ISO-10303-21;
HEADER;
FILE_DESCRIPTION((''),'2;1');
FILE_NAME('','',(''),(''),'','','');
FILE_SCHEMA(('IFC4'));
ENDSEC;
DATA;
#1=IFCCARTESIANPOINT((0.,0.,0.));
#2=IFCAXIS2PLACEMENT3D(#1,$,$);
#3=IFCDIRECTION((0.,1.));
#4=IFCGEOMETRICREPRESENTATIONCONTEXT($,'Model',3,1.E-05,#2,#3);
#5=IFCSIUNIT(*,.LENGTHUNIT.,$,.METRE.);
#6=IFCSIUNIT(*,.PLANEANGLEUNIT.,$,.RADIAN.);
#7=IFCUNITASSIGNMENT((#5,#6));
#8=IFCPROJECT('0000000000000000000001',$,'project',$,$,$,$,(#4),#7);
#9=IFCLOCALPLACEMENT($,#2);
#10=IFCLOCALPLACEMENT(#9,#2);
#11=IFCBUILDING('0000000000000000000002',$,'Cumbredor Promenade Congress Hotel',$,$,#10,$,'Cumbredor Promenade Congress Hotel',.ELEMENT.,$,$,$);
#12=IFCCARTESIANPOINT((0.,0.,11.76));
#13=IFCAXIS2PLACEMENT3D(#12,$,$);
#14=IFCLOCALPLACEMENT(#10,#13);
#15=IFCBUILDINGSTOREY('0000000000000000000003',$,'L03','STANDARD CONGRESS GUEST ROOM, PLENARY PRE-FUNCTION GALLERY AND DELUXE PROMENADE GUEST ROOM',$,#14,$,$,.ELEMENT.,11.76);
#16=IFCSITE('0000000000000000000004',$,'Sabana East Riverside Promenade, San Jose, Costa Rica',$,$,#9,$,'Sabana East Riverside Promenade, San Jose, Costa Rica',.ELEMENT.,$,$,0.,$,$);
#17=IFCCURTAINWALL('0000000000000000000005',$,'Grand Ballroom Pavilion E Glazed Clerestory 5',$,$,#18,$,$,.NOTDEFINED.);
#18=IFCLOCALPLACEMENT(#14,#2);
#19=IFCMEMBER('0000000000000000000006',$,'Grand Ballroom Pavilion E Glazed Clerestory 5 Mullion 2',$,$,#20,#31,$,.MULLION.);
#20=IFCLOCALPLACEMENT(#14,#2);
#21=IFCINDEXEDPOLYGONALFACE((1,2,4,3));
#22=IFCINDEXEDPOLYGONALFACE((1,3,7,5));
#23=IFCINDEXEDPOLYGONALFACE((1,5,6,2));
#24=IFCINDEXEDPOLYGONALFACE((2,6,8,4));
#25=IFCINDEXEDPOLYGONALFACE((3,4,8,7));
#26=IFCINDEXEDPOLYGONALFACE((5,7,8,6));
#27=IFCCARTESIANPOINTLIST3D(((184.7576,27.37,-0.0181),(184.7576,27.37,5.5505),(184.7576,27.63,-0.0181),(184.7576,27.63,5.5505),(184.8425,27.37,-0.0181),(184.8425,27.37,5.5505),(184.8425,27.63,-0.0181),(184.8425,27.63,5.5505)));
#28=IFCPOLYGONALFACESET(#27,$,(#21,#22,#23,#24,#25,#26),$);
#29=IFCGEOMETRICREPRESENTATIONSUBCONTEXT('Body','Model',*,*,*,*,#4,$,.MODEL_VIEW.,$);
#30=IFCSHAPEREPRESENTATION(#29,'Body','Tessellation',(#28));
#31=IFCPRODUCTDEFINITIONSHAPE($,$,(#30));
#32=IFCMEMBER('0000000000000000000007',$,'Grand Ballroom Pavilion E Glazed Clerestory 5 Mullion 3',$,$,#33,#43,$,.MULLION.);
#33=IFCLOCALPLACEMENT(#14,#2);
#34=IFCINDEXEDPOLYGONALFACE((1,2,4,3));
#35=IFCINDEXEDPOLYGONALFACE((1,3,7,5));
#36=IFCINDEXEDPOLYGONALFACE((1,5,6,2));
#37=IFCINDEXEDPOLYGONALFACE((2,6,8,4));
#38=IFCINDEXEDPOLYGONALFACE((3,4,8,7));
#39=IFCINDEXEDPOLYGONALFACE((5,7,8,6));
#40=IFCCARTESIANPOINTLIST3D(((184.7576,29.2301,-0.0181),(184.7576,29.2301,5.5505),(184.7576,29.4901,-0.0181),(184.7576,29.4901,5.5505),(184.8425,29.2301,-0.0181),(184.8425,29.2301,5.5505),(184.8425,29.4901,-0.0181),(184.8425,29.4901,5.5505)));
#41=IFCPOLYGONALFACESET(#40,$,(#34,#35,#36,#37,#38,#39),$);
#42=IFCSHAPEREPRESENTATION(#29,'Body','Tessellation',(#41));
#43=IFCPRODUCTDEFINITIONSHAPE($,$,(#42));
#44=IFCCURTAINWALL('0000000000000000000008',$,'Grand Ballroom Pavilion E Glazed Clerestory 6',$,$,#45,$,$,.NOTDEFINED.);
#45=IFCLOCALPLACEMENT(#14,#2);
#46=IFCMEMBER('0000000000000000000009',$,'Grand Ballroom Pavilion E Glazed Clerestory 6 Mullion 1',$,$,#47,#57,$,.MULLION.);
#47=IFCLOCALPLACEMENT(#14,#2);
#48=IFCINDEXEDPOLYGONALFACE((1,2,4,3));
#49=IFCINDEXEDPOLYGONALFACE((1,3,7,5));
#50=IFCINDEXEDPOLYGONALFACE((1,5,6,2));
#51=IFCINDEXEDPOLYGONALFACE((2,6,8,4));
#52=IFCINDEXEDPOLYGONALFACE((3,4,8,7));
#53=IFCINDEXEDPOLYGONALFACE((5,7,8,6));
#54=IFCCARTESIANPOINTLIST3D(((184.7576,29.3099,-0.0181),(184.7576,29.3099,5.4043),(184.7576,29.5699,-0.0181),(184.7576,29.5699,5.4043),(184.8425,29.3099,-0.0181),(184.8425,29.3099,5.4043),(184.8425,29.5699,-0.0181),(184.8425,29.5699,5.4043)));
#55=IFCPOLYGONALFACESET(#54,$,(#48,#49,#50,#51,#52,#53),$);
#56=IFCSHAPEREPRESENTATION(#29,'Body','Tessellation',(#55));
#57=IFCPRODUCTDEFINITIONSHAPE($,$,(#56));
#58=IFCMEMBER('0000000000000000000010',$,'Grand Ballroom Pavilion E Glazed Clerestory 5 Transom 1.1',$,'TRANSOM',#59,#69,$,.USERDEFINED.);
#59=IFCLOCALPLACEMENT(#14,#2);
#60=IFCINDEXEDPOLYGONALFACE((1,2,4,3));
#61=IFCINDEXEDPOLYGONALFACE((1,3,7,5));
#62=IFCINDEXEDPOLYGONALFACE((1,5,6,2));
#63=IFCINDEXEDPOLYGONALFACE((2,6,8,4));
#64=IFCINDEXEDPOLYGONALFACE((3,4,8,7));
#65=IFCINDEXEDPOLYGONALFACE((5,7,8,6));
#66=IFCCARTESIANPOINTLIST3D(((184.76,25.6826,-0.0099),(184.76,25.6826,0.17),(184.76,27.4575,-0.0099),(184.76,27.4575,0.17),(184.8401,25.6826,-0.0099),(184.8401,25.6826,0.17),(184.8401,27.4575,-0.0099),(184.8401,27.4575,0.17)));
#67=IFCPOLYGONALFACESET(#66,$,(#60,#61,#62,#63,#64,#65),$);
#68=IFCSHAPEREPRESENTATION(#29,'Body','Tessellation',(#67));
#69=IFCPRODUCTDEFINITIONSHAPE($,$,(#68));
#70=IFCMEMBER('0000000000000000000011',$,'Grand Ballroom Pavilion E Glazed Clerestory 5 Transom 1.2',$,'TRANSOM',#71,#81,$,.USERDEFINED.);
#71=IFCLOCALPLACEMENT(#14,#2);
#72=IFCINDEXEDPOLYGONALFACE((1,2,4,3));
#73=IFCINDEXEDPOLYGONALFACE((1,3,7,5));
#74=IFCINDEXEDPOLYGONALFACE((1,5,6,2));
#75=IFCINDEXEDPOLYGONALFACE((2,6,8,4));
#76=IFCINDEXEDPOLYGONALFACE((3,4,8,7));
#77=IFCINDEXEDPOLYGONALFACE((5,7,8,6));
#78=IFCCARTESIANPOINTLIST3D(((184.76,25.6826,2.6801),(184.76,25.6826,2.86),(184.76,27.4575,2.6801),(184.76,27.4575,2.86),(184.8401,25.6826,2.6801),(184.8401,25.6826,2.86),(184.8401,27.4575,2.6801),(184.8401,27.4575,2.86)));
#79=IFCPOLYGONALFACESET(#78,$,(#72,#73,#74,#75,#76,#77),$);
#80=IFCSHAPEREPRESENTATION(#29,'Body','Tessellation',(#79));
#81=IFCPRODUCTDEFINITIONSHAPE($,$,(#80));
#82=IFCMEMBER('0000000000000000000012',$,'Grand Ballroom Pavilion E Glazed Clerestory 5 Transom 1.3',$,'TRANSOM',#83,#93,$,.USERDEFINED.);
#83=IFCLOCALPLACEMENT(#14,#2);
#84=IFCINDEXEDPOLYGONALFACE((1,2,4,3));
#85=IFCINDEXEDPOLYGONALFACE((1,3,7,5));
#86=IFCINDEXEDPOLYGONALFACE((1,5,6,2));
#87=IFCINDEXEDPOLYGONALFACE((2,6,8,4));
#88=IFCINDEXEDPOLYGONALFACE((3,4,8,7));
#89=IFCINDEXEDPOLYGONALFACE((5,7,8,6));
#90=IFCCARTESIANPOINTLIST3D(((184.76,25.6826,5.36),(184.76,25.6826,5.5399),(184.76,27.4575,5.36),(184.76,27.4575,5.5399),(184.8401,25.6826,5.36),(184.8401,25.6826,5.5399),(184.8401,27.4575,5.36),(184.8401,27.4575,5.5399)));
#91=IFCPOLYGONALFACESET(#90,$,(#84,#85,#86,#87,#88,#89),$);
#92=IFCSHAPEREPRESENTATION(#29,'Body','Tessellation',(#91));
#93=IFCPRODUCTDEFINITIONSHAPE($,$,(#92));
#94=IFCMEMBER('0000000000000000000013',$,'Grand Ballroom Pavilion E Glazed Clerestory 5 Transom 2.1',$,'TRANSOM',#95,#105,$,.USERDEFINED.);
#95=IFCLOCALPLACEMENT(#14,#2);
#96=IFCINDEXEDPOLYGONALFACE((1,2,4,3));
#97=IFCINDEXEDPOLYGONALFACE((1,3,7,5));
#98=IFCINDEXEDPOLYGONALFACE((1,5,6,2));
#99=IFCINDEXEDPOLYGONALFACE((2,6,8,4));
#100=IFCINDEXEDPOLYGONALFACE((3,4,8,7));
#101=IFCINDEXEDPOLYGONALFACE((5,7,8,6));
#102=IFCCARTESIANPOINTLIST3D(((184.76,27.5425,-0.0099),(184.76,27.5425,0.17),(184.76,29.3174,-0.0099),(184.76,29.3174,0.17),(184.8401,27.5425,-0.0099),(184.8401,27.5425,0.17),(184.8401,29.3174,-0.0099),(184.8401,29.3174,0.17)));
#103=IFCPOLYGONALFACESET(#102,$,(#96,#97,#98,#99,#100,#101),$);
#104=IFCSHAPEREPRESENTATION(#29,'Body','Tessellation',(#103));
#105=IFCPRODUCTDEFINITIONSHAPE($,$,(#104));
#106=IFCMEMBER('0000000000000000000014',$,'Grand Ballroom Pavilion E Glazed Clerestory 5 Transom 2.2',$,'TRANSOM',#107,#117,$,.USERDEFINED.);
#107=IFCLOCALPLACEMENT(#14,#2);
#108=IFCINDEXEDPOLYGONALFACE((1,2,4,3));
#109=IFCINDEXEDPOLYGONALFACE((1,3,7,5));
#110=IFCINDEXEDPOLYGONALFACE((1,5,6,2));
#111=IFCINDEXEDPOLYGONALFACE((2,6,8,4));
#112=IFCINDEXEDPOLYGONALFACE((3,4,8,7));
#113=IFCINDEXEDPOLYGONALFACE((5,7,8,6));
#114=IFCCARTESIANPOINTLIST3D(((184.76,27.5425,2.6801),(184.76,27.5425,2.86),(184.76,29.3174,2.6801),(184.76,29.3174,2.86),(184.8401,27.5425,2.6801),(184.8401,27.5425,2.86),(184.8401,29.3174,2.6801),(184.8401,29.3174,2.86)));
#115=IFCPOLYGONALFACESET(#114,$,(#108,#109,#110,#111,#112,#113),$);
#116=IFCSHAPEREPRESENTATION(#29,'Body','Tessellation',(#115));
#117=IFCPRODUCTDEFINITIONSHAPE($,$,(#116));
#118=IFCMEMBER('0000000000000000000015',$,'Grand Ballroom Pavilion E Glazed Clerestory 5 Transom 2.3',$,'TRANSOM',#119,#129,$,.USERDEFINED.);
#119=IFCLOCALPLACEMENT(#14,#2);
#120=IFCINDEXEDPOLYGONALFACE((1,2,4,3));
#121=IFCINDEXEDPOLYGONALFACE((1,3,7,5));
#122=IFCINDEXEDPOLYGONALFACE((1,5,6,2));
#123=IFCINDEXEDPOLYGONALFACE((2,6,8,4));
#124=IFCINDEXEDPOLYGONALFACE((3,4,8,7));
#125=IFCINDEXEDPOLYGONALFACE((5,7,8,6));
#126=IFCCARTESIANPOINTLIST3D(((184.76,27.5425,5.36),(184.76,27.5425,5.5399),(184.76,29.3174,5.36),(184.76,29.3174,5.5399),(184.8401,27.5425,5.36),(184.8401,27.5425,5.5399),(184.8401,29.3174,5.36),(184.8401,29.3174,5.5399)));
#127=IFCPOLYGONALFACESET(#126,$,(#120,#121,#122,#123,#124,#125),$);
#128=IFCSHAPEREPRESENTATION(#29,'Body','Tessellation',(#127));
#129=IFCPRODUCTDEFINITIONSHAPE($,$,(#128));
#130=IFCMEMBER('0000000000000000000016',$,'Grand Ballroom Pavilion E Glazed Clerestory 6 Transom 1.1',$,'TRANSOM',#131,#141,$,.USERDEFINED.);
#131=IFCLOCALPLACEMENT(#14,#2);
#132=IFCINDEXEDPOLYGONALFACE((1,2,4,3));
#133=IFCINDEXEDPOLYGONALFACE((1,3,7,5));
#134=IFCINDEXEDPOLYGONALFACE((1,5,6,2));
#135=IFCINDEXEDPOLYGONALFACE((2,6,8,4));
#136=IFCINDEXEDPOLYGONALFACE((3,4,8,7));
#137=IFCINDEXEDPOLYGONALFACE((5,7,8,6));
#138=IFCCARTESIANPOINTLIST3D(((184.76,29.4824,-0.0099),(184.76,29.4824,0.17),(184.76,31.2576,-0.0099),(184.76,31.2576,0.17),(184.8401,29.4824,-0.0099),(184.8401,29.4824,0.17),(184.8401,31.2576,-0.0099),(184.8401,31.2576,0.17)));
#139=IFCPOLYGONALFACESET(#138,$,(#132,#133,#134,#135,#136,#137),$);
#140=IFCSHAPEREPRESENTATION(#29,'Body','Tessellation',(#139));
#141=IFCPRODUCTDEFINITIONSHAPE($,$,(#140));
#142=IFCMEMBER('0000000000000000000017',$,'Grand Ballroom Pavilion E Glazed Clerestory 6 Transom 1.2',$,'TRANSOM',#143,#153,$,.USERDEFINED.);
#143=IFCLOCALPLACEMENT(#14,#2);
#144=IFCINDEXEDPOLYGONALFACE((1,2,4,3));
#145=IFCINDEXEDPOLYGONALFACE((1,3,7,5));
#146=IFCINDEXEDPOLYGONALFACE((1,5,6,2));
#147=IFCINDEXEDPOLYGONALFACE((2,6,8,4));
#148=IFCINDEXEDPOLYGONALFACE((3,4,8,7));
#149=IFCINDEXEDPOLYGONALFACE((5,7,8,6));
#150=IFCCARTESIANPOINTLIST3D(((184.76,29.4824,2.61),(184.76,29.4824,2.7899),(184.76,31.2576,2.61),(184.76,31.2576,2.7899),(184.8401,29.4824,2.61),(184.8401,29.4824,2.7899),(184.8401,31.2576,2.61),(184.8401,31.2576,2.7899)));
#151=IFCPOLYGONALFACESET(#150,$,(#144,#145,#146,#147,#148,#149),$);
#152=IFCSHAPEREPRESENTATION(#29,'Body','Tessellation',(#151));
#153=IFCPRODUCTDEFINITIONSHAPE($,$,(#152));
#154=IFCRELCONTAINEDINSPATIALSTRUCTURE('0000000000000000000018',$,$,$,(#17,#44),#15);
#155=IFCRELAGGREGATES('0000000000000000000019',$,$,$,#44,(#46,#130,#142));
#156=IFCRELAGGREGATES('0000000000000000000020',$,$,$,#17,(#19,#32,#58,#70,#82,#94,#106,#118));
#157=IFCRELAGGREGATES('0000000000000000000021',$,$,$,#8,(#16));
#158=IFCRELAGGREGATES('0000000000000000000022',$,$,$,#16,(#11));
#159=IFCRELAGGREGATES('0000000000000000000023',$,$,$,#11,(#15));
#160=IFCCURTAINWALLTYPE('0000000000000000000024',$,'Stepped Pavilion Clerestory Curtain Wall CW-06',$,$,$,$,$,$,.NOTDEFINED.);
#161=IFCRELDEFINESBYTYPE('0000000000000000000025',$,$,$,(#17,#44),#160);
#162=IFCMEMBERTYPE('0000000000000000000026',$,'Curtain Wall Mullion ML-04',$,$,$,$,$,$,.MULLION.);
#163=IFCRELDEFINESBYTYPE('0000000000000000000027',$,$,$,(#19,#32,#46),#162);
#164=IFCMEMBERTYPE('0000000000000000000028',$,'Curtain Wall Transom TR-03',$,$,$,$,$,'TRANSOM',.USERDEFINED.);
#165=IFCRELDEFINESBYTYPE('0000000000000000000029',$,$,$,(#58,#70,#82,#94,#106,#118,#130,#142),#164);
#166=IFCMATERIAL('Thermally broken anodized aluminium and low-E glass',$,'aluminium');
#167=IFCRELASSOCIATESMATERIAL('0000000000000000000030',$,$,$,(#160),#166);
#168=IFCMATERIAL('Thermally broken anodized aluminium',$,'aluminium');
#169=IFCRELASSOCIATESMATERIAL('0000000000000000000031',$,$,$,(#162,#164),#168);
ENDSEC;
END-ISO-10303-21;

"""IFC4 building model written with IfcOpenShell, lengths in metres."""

from ifc_helpers import new_model, si_unit, direction, frame, origin, origin_2d, place, context, subcontext, project, spatial, rectangle, extrude, material, material_profile, profile_set, type_object, element, aggregate, save


model = new_model("IFC4")

# Units and contexts
model_context = context("Model", 3, precision=1e-05, world=origin(), true_north=direction((0.0, 1.0)))
body_context = subcontext(model_context, "Body", "Model", "MODEL_VIEW")
ifc_project = project(units=[si_unit("LENGTHUNIT", "METRE"), si_unit("PLANEANGLEUNIT", "RADIAN")], contexts=[model_context])

# Site, building, storey
site_placement = place(None, origin())
site = spatial("IfcSite", under=ifc_project, at=site_placement, Name="Sabana East Riverside Promenade, San Jose, Costa Rica", LongName="Sabana East Riverside Promenade, San Jose, Costa Rica", CompositionType="ELEMENT", RefElevation=0.0)
building_placement = place(site_placement, origin())
building = spatial("IfcBuilding", under=site, at=building_placement, Name="Cumbredor Promenade Congress Hotel", LongName="Cumbredor Promenade Congress Hotel", CompositionType="ELEMENT")
storey_placement = place(building_placement, frame((0.0, 0.0, 11.76)))
storey = spatial("IfcBuildingStorey", under=building, at=storey_placement, Name="L03", Description="STANDARD CONGRESS GUEST ROOM, PLENARY PRE-FUNCTION GALLERY AND DELUXE PROMENADE GUEST ROOM", CompositionType="ELEMENT", Elevation=11.76)

# Curtain wall, members
ifc_material_1 = material(Name="Thermally broken anodized aluminium and low-E glass", Category="aluminium")
curtain_wall_type = type_object("IfcCurtainWallType", Name="Stepped Pavilion Clerestory Curtain Wall CW-06", PredefinedType="NOTDEFINED", material=ifc_material_1)
curtain_wall_1_placement = place(storey_placement, origin())
curtain_wall_1 = element("IfcCurtainWall", 1, at=curtain_wall_1_placement, inside=storey, type_object=curtain_wall_type, Name="Grand Ballroom Pavilion E Glazed Clerestory 5", PredefinedType="NOTDEFINED")
ifc_material_2 = material(Name="Thermally broken anodized aluminium", Category="aluminium")
ifc_material_profile_1 = material_profile(ifc_material_2, rectangle(XDim=0.085, YDim=0.26, at=origin_2d()), Name="ALU MULLION CLERESTORY 85x260")
ifc_profile_set_1 = profile_set([ifc_material_profile_1], Name="Thermally broken anodized aluminium")
member_type_1 = type_object("IfcMemberType", Name="Curtain Wall Mullion ML-04", PredefinedType="MULLION", material=ifc_profile_set_1)
member_1_placement = place(storey_placement, frame((184.8, 27.5, -0.0181), z_axis=(0.0, 0.0, 1.0), x_axis=(1.0, 0.0, 0.0)))
member_1 = element("IfcMember", 2, at=member_1_placement, type_object=member_type_1, Name="Grand Ballroom Pavilion E Glazed Clerestory 5 Mullion 2", PredefinedType="MULLION", context=body_context, shape_type="SweptSolid", body=[
    extrude(rectangle(XDim=0.085, YDim=0.26, at=origin_2d()), origin(), (0.0, 0.0, 1.0), 5.5686),
])
member_2_placement = place(storey_placement, frame((184.8, 29.3601, -0.0181), z_axis=(0.0, 0.0, 1.0), x_axis=(1.0, 0.0, 0.0)))
member_2 = element("IfcMember", 3, at=member_2_placement, type_object=member_type_1, Name="Grand Ballroom Pavilion E Glazed Clerestory 5 Mullion 3", PredefinedType="MULLION", context=body_context, shape_type="SweptSolid", body=[
    extrude(rectangle(XDim=0.085, YDim=0.26, at=origin_2d()), origin(), (0.0, 0.0, 1.0), 5.5686),
])

# Curtain wall, member
curtain_wall_2_placement = place(storey_placement, origin())
curtain_wall_2 = element("IfcCurtainWall", 4, at=curtain_wall_2_placement, inside=storey, type_object=curtain_wall_type, Name="Grand Ballroom Pavilion E Glazed Clerestory 6", PredefinedType="NOTDEFINED")
member_3_placement = place(storey_placement, frame((184.8, 29.4399, -0.0181), z_axis=(0.0, 0.0, 1.0), x_axis=(1.0, 0.0, 0.0)))
member_3 = element("IfcMember", 5, at=member_3_placement, type_object=member_type_1, Name="Grand Ballroom Pavilion E Glazed Clerestory 6 Mullion 1", PredefinedType="MULLION", context=body_context, shape_type="SweptSolid", body=[
    extrude(rectangle(XDim=0.085, YDim=0.26, at=origin_2d()), origin(), (0.0, 0.0, 1.0), 5.4224),
])

# Members
ifc_material_profile_2 = material_profile(ifc_material_2, rectangle(XDim=0.0801, YDim=0.1799, at=origin_2d()), Name="ALU TRANSOM 80x180")
ifc_profile_set_2 = profile_set([ifc_material_profile_2], Name="Thermally broken anodized aluminium")
member_type_2 = type_object("IfcMemberType", Name="Curtain Wall Transom TR-03", ElementType="TRANSOM", PredefinedType="USERDEFINED", material=ifc_profile_set_2)
member_4_placement = place(storey_placement, frame((184.8, 25.6826, 0.0801), z_axis=(0.0, 1.0, 0.0), x_axis=(-1.0, 0.0, 0.0)))
member_4 = element("IfcMember", 6, at=member_4_placement, type_object=member_type_2, Name="Grand Ballroom Pavilion E Glazed Clerestory 5 Transom 1.1", ObjectType="TRANSOM", PredefinedType="USERDEFINED", context=body_context, shape_type="SweptSolid", body=[
    extrude(rectangle(XDim=0.0801, YDim=0.1799, at=origin_2d()), origin(), (0.0, 0.0, 1.0), 1.7749),
])
member_5_placement = place(storey_placement, frame((184.8, 25.6826, 2.77), z_axis=(0.0, 1.0, 0.0), x_axis=(-1.0, 0.0, 0.0)))
member_5 = element("IfcMember", 7, at=member_5_placement, type_object=member_type_2, Name="Grand Ballroom Pavilion E Glazed Clerestory 5 Transom 1.2", ObjectType="TRANSOM", PredefinedType="USERDEFINED", context=body_context, shape_type="SweptSolid", body=[
    extrude(rectangle(XDim=0.0801, YDim=0.1799, at=origin_2d()), origin(), (0.0, 0.0, 1.0), 1.7749),
])
member_6_placement = place(storey_placement, frame((184.8, 25.6826, 5.45), z_axis=(0.0, 1.0, 0.0), x_axis=(-1.0, 0.0, 0.0)))
member_6 = element("IfcMember", 8, at=member_6_placement, type_object=member_type_2, Name="Grand Ballroom Pavilion E Glazed Clerestory 5 Transom 1.3", ObjectType="TRANSOM", PredefinedType="USERDEFINED", context=body_context, shape_type="SweptSolid", body=[
    extrude(rectangle(XDim=0.0801, YDim=0.1799, at=origin_2d()), origin(), (0.0, 0.0, 1.0), 1.7749),
])
member_7_placement = place(storey_placement, frame((184.8, 27.5425, 0.0801), z_axis=(0.0, 1.0, 0.0), x_axis=(-1.0, 0.0, 0.0)))
member_7 = element("IfcMember", 9, at=member_7_placement, type_object=member_type_2, Name="Grand Ballroom Pavilion E Glazed Clerestory 5 Transom 2.1", ObjectType="TRANSOM", PredefinedType="USERDEFINED", context=body_context, shape_type="SweptSolid", body=[
    extrude(rectangle(XDim=0.0801, YDim=0.1799, at=origin_2d()), origin(), (0.0, 0.0, 1.0), 1.7749),
])
member_8_placement = place(storey_placement, frame((184.8, 27.5425, 2.77), z_axis=(0.0, 1.0, 0.0), x_axis=(-1.0, 0.0, 0.0)))
member_8 = element("IfcMember", 10, at=member_8_placement, type_object=member_type_2, Name="Grand Ballroom Pavilion E Glazed Clerestory 5 Transom 2.2", ObjectType="TRANSOM", PredefinedType="USERDEFINED", context=body_context, shape_type="SweptSolid", body=[
    extrude(rectangle(XDim=0.0801, YDim=0.1799, at=origin_2d()), origin(), (0.0, 0.0, 1.0), 1.7749),
])
member_9_placement = place(storey_placement, frame((184.8, 27.5425, 5.45), z_axis=(0.0, 1.0, 0.0), x_axis=(-1.0, 0.0, 0.0)))
member_9 = element("IfcMember", 11, at=member_9_placement, type_object=member_type_2, Name="Grand Ballroom Pavilion E Glazed Clerestory 5 Transom 2.3", ObjectType="TRANSOM", PredefinedType="USERDEFINED", context=body_context, shape_type="SweptSolid", body=[
    extrude(rectangle(XDim=0.0801, YDim=0.1799, at=origin_2d()), origin(), (0.0, 0.0, 1.0), 1.7749),
])
member_10_placement = place(storey_placement, frame((184.8, 29.4824, 0.0801), z_axis=(0.0, 1.0, 0.0), x_axis=(-1.0, 0.0, 0.0)))
member_10 = element("IfcMember", 12, at=member_10_placement, type_object=member_type_2, Name="Grand Ballroom Pavilion E Glazed Clerestory 6 Transom 1.1", ObjectType="TRANSOM", PredefinedType="USERDEFINED", context=body_context, shape_type="SweptSolid", body=[
    extrude(rectangle(XDim=0.0801, YDim=0.1799, at=origin_2d()), origin(), (0.0, 0.0, 1.0), 1.7751),
])
member_11_placement = place(storey_placement, frame((184.8, 29.4824, 2.7), z_axis=(0.0, 1.0, 0.0), x_axis=(-1.0, 0.0, 0.0)))
member_11 = element("IfcMember", 13, at=member_11_placement, type_object=member_type_2, Name="Grand Ballroom Pavilion E Glazed Clerestory 6 Transom 1.2", ObjectType="TRANSOM", PredefinedType="USERDEFINED", context=body_context, shape_type="SweptSolid", body=[
    extrude(rectangle(XDim=0.0801, YDim=0.1799, at=origin_2d()), origin(), (0.0, 0.0, 1.0), 1.7751),
])
aggregate(curtain_wall_2, [member_3, member_10, member_11])

aggregate(curtain_wall_1, [member_1, member_2, member_4, member_5, member_6, member_7, member_8, member_9])

save(model, "model.ifc")
